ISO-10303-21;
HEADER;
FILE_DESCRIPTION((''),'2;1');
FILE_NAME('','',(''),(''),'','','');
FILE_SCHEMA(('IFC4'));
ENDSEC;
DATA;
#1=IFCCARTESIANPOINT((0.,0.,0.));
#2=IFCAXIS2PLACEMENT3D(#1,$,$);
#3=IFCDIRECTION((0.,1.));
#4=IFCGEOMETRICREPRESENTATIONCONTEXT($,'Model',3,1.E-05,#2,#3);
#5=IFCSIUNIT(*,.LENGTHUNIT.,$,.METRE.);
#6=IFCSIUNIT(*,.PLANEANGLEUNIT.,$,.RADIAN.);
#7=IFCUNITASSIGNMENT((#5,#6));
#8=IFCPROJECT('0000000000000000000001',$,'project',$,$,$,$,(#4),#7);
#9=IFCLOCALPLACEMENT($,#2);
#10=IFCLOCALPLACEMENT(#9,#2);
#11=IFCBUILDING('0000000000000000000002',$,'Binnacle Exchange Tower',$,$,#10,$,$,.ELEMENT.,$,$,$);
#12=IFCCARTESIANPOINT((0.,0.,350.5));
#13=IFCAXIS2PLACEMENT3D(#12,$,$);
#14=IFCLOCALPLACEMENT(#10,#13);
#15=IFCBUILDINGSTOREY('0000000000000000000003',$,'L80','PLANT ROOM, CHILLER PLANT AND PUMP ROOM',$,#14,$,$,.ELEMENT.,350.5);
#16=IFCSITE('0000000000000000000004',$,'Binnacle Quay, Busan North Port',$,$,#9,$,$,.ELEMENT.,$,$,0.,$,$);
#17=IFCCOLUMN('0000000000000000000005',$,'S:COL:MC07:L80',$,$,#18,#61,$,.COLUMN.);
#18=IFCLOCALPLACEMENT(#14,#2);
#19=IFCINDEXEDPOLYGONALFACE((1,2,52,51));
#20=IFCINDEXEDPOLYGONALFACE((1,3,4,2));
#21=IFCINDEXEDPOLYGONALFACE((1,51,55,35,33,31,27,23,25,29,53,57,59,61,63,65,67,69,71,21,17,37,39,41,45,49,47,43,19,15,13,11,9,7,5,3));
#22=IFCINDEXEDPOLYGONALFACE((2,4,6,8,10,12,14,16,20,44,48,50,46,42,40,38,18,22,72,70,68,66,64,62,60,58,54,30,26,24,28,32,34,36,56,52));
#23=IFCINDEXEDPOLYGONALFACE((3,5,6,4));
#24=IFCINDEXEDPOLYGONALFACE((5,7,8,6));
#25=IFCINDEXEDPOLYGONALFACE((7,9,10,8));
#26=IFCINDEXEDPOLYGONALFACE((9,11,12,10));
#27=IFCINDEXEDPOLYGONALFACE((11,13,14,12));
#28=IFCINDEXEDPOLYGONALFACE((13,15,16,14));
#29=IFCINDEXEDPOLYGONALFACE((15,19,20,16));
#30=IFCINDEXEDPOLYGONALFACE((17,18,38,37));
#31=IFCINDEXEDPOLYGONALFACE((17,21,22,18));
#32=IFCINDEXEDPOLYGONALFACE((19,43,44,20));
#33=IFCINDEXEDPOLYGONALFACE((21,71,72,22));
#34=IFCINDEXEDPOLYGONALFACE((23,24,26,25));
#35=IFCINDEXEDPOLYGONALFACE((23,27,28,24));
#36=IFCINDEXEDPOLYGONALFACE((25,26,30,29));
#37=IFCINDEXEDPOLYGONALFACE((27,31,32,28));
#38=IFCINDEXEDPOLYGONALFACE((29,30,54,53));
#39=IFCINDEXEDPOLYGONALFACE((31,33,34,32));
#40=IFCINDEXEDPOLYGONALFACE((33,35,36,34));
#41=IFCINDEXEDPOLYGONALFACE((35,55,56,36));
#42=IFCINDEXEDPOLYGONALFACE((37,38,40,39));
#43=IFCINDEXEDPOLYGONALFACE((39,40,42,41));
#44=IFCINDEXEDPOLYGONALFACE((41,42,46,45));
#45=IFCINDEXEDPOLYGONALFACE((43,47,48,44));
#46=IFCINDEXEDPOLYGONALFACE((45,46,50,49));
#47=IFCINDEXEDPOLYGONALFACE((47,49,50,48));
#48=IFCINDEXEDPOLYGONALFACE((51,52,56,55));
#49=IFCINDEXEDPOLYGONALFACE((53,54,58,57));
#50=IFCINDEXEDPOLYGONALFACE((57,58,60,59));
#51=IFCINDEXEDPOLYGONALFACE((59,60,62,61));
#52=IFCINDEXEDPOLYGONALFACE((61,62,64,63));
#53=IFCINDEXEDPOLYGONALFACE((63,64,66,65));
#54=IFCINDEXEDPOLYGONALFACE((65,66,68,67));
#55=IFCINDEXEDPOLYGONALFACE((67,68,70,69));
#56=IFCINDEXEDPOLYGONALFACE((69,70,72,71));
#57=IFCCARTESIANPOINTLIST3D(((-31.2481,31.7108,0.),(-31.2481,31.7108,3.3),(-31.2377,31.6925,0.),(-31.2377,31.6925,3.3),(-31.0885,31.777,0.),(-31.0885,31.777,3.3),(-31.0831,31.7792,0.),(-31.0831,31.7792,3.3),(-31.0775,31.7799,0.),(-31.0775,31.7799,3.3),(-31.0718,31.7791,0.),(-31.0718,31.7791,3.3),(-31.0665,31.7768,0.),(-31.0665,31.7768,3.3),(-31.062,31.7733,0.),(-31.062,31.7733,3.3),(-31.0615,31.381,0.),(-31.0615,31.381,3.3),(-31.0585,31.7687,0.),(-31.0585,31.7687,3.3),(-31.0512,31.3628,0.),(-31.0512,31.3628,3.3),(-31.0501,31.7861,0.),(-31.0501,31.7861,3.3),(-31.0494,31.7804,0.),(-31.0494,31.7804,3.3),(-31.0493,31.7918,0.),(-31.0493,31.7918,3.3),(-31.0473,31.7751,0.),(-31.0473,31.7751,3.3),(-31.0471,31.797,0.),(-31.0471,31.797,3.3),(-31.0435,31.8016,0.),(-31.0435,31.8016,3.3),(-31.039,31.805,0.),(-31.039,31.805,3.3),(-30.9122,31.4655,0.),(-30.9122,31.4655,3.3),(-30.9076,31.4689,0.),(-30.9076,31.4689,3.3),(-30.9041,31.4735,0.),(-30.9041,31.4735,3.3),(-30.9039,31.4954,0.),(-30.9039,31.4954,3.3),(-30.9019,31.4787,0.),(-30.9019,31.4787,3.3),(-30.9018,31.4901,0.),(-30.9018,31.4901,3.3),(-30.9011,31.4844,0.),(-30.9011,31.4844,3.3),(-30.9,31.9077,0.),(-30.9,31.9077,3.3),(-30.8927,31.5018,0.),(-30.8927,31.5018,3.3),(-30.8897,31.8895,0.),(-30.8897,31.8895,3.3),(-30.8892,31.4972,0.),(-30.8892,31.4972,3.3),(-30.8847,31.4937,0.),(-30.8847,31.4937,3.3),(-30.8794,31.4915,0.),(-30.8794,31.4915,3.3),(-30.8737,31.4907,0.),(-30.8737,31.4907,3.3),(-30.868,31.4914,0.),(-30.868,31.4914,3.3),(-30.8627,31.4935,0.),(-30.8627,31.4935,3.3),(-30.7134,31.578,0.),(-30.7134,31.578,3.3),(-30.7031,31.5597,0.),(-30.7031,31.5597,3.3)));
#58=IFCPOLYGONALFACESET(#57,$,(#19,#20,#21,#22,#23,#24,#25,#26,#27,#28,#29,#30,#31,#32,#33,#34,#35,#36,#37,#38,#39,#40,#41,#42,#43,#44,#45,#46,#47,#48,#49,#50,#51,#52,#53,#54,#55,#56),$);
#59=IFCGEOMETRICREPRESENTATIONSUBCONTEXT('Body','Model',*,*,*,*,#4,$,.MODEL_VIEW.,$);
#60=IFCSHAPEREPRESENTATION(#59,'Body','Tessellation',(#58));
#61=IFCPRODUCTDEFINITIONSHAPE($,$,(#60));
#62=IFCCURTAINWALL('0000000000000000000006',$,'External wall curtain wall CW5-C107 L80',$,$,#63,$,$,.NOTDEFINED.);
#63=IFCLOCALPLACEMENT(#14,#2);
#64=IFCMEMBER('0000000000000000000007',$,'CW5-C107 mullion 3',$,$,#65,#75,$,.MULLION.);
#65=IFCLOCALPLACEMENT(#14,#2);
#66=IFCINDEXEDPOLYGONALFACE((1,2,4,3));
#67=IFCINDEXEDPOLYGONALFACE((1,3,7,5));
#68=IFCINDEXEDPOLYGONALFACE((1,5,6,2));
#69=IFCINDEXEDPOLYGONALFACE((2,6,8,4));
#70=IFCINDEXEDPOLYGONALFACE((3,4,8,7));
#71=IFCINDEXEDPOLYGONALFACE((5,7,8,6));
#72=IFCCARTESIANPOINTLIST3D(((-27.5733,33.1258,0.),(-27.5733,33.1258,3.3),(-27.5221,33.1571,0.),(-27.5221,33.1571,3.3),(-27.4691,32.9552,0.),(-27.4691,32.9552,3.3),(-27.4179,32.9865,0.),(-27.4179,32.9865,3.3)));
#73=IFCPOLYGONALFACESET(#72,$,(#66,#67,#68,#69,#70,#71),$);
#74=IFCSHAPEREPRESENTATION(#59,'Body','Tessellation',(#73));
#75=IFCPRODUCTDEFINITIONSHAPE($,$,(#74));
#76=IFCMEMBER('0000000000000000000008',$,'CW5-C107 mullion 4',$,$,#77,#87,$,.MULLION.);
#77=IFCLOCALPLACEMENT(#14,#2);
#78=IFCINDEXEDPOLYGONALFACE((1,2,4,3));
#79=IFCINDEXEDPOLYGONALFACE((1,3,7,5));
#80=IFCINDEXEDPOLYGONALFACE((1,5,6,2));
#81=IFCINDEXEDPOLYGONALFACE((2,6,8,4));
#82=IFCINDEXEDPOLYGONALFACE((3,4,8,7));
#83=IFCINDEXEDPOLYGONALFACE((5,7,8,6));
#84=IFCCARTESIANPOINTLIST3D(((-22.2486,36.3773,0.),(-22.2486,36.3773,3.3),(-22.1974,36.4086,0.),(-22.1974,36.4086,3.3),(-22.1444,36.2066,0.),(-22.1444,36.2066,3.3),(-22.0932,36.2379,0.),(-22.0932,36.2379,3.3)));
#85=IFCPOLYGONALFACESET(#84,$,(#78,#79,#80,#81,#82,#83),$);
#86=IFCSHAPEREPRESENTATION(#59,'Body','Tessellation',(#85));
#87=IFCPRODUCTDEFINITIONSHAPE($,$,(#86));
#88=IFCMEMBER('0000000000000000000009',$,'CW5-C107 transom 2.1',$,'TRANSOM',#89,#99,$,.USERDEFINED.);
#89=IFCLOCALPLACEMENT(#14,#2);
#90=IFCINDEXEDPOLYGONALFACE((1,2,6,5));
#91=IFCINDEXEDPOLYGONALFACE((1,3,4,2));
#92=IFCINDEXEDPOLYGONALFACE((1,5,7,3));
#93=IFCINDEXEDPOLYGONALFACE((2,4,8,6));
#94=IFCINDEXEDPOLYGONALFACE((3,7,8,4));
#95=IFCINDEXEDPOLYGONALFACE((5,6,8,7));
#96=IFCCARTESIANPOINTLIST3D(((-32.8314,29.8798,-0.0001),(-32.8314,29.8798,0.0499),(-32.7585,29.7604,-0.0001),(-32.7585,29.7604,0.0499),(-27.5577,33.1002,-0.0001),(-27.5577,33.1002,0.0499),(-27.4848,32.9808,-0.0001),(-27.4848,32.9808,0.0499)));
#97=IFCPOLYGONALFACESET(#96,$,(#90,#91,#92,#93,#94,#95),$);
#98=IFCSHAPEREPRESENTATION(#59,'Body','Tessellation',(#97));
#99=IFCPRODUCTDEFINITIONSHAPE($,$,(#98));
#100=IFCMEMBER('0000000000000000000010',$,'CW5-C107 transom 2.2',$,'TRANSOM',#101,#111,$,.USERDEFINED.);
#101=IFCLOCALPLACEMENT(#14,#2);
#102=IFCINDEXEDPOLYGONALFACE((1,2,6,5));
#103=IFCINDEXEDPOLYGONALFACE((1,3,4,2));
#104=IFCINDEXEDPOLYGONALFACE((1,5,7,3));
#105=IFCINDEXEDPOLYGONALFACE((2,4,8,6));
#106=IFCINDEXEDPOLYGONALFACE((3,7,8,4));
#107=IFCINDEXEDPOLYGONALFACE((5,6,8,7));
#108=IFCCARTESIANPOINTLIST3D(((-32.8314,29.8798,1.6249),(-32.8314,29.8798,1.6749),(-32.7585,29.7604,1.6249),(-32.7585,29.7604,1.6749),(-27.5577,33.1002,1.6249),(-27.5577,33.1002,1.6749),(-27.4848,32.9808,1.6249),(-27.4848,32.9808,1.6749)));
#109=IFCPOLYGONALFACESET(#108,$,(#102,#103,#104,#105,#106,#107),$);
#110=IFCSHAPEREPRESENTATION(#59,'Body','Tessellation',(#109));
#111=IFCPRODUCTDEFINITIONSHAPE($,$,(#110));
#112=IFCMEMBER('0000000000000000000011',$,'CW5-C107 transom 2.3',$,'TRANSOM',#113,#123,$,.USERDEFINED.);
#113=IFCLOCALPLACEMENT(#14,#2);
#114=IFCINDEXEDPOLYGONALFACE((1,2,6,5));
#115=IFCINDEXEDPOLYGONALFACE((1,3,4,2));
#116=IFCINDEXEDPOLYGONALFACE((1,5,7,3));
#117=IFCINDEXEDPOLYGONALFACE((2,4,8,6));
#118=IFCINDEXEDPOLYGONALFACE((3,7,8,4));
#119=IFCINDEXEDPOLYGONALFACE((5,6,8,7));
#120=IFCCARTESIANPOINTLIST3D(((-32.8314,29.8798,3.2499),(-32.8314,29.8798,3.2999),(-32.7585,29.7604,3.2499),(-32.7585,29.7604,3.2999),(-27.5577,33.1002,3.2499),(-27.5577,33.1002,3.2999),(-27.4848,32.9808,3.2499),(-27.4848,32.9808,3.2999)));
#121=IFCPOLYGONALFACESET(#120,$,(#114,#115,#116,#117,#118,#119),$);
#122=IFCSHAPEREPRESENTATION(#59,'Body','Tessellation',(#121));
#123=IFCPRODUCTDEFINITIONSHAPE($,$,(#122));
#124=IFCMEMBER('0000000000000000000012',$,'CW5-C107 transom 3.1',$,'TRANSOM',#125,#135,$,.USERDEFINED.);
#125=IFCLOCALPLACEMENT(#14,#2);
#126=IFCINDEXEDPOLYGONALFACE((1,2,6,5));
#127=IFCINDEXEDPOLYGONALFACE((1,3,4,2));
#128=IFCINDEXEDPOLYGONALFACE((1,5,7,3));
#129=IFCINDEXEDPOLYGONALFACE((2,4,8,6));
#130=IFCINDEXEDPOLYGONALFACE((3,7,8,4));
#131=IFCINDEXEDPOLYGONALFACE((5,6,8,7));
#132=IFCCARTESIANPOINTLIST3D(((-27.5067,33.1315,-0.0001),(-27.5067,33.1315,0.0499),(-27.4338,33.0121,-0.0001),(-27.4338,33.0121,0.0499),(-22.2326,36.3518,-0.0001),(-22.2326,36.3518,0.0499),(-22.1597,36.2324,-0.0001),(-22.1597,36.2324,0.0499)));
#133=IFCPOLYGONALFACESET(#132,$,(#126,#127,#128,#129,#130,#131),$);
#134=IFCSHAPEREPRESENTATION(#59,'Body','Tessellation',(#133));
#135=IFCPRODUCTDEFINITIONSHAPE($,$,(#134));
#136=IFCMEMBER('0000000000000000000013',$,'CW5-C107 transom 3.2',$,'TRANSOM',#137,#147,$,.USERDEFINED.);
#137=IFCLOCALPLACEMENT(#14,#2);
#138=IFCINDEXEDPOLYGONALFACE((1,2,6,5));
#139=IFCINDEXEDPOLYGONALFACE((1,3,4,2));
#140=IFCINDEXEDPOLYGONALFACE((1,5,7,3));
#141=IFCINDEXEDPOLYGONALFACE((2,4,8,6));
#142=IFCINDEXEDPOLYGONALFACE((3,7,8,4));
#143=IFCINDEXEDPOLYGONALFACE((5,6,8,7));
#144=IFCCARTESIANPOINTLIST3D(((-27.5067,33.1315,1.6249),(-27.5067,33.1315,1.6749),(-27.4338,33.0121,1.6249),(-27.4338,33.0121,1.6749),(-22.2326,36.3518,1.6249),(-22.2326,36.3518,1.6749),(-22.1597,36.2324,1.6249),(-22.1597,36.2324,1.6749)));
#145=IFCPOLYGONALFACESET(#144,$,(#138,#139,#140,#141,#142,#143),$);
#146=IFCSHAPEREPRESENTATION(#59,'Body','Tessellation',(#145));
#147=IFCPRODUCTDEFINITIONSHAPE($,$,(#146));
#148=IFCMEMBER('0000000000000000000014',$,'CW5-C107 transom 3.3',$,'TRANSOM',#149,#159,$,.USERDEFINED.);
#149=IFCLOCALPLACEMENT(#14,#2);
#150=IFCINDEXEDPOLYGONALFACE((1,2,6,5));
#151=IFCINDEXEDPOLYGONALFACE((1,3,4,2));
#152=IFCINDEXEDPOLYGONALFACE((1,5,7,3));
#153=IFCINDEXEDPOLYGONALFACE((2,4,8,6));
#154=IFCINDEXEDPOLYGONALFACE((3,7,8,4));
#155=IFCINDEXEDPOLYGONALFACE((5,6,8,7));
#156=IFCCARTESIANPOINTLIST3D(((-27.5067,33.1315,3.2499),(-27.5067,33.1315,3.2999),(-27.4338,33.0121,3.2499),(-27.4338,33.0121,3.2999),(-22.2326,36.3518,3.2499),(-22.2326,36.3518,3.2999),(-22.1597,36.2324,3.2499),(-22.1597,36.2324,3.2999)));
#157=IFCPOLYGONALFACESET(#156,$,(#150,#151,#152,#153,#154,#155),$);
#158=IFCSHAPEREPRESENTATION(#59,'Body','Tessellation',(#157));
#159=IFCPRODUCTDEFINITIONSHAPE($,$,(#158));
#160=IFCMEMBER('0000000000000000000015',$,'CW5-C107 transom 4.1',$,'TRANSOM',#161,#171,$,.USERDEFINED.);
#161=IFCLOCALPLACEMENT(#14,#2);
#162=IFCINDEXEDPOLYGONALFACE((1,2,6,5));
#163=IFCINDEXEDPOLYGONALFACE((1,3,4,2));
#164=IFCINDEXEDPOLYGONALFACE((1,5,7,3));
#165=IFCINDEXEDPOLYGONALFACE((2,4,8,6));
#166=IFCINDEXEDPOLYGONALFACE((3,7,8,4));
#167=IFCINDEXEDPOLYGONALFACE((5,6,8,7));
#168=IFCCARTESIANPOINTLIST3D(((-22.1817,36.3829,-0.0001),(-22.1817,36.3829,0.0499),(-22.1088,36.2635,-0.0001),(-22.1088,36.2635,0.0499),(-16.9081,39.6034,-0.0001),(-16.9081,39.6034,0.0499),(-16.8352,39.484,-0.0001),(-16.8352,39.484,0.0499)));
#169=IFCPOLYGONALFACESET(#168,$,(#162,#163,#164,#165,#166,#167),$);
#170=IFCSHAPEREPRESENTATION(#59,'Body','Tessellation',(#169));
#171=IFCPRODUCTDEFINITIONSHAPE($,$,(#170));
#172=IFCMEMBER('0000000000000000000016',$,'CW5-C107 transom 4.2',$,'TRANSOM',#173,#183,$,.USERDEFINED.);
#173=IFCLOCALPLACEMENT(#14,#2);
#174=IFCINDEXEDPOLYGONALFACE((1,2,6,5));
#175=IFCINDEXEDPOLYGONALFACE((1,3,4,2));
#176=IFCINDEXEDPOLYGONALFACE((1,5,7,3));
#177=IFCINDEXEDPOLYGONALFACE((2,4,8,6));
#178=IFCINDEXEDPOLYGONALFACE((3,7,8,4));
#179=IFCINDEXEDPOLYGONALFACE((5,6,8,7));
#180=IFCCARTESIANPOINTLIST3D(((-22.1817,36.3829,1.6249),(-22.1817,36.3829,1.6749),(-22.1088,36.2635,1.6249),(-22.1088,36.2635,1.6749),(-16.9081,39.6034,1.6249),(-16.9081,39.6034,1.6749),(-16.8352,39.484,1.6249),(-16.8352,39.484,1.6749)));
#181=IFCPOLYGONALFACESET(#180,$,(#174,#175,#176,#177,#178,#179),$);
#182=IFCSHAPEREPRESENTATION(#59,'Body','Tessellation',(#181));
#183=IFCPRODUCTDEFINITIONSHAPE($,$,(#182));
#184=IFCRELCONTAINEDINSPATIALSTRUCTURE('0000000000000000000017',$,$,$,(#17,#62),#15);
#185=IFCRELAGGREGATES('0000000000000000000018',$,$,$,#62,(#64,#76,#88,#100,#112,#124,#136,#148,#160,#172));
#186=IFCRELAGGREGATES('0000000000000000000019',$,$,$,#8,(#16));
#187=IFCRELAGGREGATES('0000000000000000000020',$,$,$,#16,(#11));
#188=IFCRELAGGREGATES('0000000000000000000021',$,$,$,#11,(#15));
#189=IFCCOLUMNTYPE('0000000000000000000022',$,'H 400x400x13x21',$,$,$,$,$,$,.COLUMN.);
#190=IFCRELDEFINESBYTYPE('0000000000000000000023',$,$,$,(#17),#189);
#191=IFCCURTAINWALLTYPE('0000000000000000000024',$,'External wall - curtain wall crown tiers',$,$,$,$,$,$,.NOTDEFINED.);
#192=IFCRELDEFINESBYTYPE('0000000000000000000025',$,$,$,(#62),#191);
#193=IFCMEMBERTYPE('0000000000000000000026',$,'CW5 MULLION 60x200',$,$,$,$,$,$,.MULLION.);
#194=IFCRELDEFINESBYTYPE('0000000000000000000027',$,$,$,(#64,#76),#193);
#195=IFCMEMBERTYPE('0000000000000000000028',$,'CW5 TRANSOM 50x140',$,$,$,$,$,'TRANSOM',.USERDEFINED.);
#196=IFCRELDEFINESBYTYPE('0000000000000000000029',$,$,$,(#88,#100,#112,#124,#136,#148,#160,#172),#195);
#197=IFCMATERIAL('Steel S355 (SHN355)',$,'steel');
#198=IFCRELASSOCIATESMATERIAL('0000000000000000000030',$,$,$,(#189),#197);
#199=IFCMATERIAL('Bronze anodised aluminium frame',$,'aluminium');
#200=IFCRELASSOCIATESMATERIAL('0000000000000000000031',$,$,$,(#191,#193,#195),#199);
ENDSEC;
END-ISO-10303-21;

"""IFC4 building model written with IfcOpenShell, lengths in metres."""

from ifc_helpers import new_model, si_unit, direction, frame, origin, origin_2d, place, context, subcontext, project, spatial, rectangle, i_section, extrude, material, material_profile, profile_set, type_object, element, aggregate, save


model = new_model("IFC4")

# Units and contexts
model_context = context("Model", 3, precision=1e-05, world=origin(), true_north=direction((0.0, 1.0)))
body_context = subcontext(model_context, "Body", "Model", "MODEL_VIEW")
ifc_project = project(units=[si_unit("LENGTHUNIT", "METRE"), si_unit("PLANEANGLEUNIT", "RADIAN")], contexts=[model_context])

# Site, building, storey
site_placement = place(None, origin())
site = spatial("IfcSite", under=ifc_project, at=site_placement, Name="Binnacle Quay, Busan North Port", CompositionType="ELEMENT", RefElevation=0.0)
building_placement = place(site_placement, origin())
building = spatial("IfcBuilding", under=site, at=building_placement, Name="Binnacle Exchange Tower", CompositionType="ELEMENT")
storey_placement = place(building_placement, frame((0.0, 0.0, 350.5)))
storey = spatial("IfcBuildingStorey", under=building, at=storey_placement, Name="L80", Description="PLANT ROOM, CHILLER PLANT AND PUMP ROOM", CompositionType="ELEMENT", Elevation=350.5)

# Column
ifc_material_1 = material(Name="Steel S355 (SHN355)", Category="steel")
ifc_material_profile_1 = material_profile(ifc_material_1, i_section(OverallWidth=0.3999, OverallDepth=0.3999, WebThickness=0.0129, FlangeThickness=0.021, FilletRadius=0.022, at=origin_2d()), Name="H 400x400x13x21")
ifc_profile_set_1 = profile_set([ifc_material_profile_1], Name="Steel S355 (SHN355)")
column_type = type_object("IfcColumnType", Name="H 400x400x13x21", PredefinedType="COLUMN", material=ifc_profile_set_1)
column_placement = place(storey_placement, frame((-30.9756, 31.6353, 0.0), z_axis=(0.0, 0.0, 1.0), x_axis=(0.870356, 0.492424, 0.0)))
element("IfcColumn", 1, at=column_placement, inside=storey, type_object=column_type, Name="S:COL:MC07:L80", PredefinedType="COLUMN", context=body_context, shape_type="SweptSolid", body=[
    extrude(i_section(OverallWidth=0.3999, OverallDepth=0.3999, WebThickness=0.0129, FlangeThickness=0.021, FilletRadius=0.022, at=origin_2d()), origin(), (0.0, 0.0, 1.0), 3.3),
])

# Curtain wall, members
ifc_material_2 = material(Name="Bronze anodised aluminium frame", Category="aluminium")
curtain_wall_type = type_object("IfcCurtainWallType", Name="External wall - curtain wall crown tiers", PredefinedType="NOTDEFINED", material=ifc_material_2)
curtain_wall_placement = place(storey_placement, origin())
curtain_wall = element("IfcCurtainWall", 2, at=curtain_wall_placement, inside=storey, type_object=curtain_wall_type, Name="External wall curtain wall CW5-C107 L80", PredefinedType="NOTDEFINED")
ifc_material_profile_2 = material_profile(ifc_material_2, rectangle(XDim=0.2, YDim=0.0601, at=origin_2d()), Name="AL 60x200")
ifc_profile_set_2 = profile_set([ifc_material_profile_2], Name="Bronze anodised aluminium frame")
member_type_1 = type_object("IfcMemberType", Name="CW5 MULLION 60x200", PredefinedType="MULLION", material=ifc_profile_set_2)
member_1_placement = place(storey_placement, frame((-27.4956, 33.0562, 0.0), z_axis=(0.0, 0.0, 1.0), x_axis=(-0.521157, 0.853461, 0.0)))
member_1 = element("IfcMember", 3, at=member_1_placement, type_object=member_type_1, Name="CW5-C107 mullion 3", PredefinedType="MULLION", context=body_context, shape_type="SweptSolid", body=[
    extrude(rectangle(XDim=0.2, YDim=0.0601, at=origin_2d()), origin(), (0.0, 0.0, 1.0), 3.3),
])
member_2_placement = place(storey_placement, frame((-22.1709, 36.3076, 0.0), z_axis=(0.0, 0.0, 1.0), x_axis=(-0.521157, 0.853461, 0.0)))
member_2 = element("IfcMember", 4, at=member_2_placement, type_object=member_type_1, Name="CW5-C107 mullion 4", PredefinedType="MULLION", context=body_context, shape_type="SweptSolid", body=[
    extrude(rectangle(XDim=0.2, YDim=0.0601, at=origin_2d()), origin(), (0.0, 0.0, 1.0), 3.3),
])
ifc_material_profile_3 = material_profile(ifc_material_2, rectangle(XDim=0.1399, YDim=0.05, at=origin_2d()), Name="AL 140x50")
ifc_profile_set_3 = profile_set([ifc_material_profile_3], Name="Bronze anodised aluminium frame")
member_type_2 = type_object("IfcMemberType", Name="CW5 TRANSOM 50x140", ElementType="TRANSOM", PredefinedType="USERDEFINED", material=ifc_profile_set_3)
member_3_placement = place(storey_placement, frame((-32.7949, 29.8201, 0.0249), z_axis=(0.853451, 0.521174, 0.0), x_axis=(-0.521174, 0.853451, 0.0)))
member_3 = element("IfcMember", 5, at=member_3_placement, type_object=member_type_2, Name="CW5-C107 transom 2.1", ObjectType="TRANSOM", PredefinedType="USERDEFINED", context=body_context, shape_type="SweptSolid", body=[
    extrude(rectangle(XDim=0.1399, YDim=0.05, at=origin_2d()), origin(), (0.0, 0.0, 1.0), 6.1792),
])
member_4_placement = place(storey_placement, frame((-32.7949, 29.8201, 1.6499), z_axis=(0.853451, 0.521174, 0.0), x_axis=(-0.521174, 0.853451, 0.0)))
member_4 = element("IfcMember", 6, at=member_4_placement, type_object=member_type_2, Name="CW5-C107 transom 2.2", ObjectType="TRANSOM", PredefinedType="USERDEFINED", context=body_context, shape_type="SweptSolid", body=[
    extrude(rectangle(XDim=0.1399, YDim=0.05, at=origin_2d()), origin(), (0.0, 0.0, 1.0), 6.1792),
])
member_5_placement = place(storey_placement, frame((-32.7949, 29.8201, 3.2749), z_axis=(0.853451, 0.521174, 0.0), x_axis=(-0.521174, 0.853451, 0.0)))
member_5 = element("IfcMember", 7, at=member_5_placement, type_object=member_type_2, Name="CW5-C107 transom 2.3", ObjectType="TRANSOM", PredefinedType="USERDEFINED", context=body_context, shape_type="SweptSolid", body=[
    extrude(rectangle(XDim=0.1399, YDim=0.05, at=origin_2d()), origin(), (0.0, 0.0, 1.0), 6.1792),
])
member_6_placement = place(storey_placement, frame((-27.4702, 33.0718, 0.0249), z_axis=(0.853479, 0.521127, 0.0), x_axis=(-0.521127, 0.853479, 0.0)))
member_6 = element("IfcMember", 8, at=member_6_placement, type_object=member_type_2, Name="CW5-C107 transom 3.1", ObjectType="TRANSOM", PredefinedType="USERDEFINED", context=body_context, shape_type="SweptSolid", body=[
    extrude(rectangle(XDim=0.1399, YDim=0.05, at=origin_2d()), origin(), (0.0, 0.0, 1.0), 6.1794),
])
member_7_placement = place(storey_placement, frame((-27.4702, 33.0718, 1.6499), z_axis=(0.853479, 0.521127, 0.0), x_axis=(-0.521127, 0.853479, 0.0)))
member_7 = element("IfcMember", 9, at=member_7_placement, type_object=member_type_2, Name="CW5-C107 transom 3.2", ObjectType="TRANSOM", PredefinedType="USERDEFINED", context=body_context, shape_type="SweptSolid", body=[
    extrude(rectangle(XDim=0.1399, YDim=0.05, at=origin_2d()), origin(), (0.0, 0.0, 1.0), 6.1794),
])
member_8_placement = place(storey_placement, frame((-27.4702, 33.0718, 3.2749), z_axis=(0.853479, 0.521127, 0.0), x_axis=(-0.521127, 0.853479, 0.0)))
member_8 = element("IfcMember", 10, at=member_8_placement, type_object=member_type_2, Name="CW5-C107 transom 3.3", ObjectType="TRANSOM", PredefinedType="USERDEFINED", context=body_context, shape_type="SweptSolid", body=[
    extrude(rectangle(XDim=0.1399, YDim=0.05, at=origin_2d()), origin(), (0.0, 0.0, 1.0), 6.1794),
])
member_9_placement = place(storey_placement, frame((-22.1453, 36.3232, 0.0249), z_axis=(0.853451, 0.521174, 0.0), x_axis=(-0.521174, 0.853451, 0.0)))
member_9 = element("IfcMember", 11, at=member_9_placement, type_object=member_type_2, Name="CW5-C107 transom 4.1", ObjectType="TRANSOM", PredefinedType="USERDEFINED", context=body_context, shape_type="SweptSolid", body=[
    extrude(rectangle(XDim=0.1399, YDim=0.05, at=origin_2d()), origin(), (0.0, 0.0, 1.0), 6.1792),
])
member_10_placement = place(storey_placement, frame((-22.1453, 36.3232, 1.6499), z_axis=(0.853451, 0.521174, 0.0), x_axis=(-0.521174, 0.853451, 0.0)))
member_10 = element("IfcMember", 12, at=member_10_placement, type_object=member_type_2, Name="CW5-C107 transom 4.2", ObjectType="TRANSOM", PredefinedType="USERDEFINED", context=body_context, shape_type="SweptSolid", body=[
    extrude(rectangle(XDim=0.1399, YDim=0.05, at=origin_2d()), origin(), (0.0, 0.0, 1.0), 6.1792),
])

aggregate(curtain_wall, [member_1, member_2, member_3, member_4, member_5, member_6, member_7, member_8, member_9, member_10])

save(model, "model.ifc")
